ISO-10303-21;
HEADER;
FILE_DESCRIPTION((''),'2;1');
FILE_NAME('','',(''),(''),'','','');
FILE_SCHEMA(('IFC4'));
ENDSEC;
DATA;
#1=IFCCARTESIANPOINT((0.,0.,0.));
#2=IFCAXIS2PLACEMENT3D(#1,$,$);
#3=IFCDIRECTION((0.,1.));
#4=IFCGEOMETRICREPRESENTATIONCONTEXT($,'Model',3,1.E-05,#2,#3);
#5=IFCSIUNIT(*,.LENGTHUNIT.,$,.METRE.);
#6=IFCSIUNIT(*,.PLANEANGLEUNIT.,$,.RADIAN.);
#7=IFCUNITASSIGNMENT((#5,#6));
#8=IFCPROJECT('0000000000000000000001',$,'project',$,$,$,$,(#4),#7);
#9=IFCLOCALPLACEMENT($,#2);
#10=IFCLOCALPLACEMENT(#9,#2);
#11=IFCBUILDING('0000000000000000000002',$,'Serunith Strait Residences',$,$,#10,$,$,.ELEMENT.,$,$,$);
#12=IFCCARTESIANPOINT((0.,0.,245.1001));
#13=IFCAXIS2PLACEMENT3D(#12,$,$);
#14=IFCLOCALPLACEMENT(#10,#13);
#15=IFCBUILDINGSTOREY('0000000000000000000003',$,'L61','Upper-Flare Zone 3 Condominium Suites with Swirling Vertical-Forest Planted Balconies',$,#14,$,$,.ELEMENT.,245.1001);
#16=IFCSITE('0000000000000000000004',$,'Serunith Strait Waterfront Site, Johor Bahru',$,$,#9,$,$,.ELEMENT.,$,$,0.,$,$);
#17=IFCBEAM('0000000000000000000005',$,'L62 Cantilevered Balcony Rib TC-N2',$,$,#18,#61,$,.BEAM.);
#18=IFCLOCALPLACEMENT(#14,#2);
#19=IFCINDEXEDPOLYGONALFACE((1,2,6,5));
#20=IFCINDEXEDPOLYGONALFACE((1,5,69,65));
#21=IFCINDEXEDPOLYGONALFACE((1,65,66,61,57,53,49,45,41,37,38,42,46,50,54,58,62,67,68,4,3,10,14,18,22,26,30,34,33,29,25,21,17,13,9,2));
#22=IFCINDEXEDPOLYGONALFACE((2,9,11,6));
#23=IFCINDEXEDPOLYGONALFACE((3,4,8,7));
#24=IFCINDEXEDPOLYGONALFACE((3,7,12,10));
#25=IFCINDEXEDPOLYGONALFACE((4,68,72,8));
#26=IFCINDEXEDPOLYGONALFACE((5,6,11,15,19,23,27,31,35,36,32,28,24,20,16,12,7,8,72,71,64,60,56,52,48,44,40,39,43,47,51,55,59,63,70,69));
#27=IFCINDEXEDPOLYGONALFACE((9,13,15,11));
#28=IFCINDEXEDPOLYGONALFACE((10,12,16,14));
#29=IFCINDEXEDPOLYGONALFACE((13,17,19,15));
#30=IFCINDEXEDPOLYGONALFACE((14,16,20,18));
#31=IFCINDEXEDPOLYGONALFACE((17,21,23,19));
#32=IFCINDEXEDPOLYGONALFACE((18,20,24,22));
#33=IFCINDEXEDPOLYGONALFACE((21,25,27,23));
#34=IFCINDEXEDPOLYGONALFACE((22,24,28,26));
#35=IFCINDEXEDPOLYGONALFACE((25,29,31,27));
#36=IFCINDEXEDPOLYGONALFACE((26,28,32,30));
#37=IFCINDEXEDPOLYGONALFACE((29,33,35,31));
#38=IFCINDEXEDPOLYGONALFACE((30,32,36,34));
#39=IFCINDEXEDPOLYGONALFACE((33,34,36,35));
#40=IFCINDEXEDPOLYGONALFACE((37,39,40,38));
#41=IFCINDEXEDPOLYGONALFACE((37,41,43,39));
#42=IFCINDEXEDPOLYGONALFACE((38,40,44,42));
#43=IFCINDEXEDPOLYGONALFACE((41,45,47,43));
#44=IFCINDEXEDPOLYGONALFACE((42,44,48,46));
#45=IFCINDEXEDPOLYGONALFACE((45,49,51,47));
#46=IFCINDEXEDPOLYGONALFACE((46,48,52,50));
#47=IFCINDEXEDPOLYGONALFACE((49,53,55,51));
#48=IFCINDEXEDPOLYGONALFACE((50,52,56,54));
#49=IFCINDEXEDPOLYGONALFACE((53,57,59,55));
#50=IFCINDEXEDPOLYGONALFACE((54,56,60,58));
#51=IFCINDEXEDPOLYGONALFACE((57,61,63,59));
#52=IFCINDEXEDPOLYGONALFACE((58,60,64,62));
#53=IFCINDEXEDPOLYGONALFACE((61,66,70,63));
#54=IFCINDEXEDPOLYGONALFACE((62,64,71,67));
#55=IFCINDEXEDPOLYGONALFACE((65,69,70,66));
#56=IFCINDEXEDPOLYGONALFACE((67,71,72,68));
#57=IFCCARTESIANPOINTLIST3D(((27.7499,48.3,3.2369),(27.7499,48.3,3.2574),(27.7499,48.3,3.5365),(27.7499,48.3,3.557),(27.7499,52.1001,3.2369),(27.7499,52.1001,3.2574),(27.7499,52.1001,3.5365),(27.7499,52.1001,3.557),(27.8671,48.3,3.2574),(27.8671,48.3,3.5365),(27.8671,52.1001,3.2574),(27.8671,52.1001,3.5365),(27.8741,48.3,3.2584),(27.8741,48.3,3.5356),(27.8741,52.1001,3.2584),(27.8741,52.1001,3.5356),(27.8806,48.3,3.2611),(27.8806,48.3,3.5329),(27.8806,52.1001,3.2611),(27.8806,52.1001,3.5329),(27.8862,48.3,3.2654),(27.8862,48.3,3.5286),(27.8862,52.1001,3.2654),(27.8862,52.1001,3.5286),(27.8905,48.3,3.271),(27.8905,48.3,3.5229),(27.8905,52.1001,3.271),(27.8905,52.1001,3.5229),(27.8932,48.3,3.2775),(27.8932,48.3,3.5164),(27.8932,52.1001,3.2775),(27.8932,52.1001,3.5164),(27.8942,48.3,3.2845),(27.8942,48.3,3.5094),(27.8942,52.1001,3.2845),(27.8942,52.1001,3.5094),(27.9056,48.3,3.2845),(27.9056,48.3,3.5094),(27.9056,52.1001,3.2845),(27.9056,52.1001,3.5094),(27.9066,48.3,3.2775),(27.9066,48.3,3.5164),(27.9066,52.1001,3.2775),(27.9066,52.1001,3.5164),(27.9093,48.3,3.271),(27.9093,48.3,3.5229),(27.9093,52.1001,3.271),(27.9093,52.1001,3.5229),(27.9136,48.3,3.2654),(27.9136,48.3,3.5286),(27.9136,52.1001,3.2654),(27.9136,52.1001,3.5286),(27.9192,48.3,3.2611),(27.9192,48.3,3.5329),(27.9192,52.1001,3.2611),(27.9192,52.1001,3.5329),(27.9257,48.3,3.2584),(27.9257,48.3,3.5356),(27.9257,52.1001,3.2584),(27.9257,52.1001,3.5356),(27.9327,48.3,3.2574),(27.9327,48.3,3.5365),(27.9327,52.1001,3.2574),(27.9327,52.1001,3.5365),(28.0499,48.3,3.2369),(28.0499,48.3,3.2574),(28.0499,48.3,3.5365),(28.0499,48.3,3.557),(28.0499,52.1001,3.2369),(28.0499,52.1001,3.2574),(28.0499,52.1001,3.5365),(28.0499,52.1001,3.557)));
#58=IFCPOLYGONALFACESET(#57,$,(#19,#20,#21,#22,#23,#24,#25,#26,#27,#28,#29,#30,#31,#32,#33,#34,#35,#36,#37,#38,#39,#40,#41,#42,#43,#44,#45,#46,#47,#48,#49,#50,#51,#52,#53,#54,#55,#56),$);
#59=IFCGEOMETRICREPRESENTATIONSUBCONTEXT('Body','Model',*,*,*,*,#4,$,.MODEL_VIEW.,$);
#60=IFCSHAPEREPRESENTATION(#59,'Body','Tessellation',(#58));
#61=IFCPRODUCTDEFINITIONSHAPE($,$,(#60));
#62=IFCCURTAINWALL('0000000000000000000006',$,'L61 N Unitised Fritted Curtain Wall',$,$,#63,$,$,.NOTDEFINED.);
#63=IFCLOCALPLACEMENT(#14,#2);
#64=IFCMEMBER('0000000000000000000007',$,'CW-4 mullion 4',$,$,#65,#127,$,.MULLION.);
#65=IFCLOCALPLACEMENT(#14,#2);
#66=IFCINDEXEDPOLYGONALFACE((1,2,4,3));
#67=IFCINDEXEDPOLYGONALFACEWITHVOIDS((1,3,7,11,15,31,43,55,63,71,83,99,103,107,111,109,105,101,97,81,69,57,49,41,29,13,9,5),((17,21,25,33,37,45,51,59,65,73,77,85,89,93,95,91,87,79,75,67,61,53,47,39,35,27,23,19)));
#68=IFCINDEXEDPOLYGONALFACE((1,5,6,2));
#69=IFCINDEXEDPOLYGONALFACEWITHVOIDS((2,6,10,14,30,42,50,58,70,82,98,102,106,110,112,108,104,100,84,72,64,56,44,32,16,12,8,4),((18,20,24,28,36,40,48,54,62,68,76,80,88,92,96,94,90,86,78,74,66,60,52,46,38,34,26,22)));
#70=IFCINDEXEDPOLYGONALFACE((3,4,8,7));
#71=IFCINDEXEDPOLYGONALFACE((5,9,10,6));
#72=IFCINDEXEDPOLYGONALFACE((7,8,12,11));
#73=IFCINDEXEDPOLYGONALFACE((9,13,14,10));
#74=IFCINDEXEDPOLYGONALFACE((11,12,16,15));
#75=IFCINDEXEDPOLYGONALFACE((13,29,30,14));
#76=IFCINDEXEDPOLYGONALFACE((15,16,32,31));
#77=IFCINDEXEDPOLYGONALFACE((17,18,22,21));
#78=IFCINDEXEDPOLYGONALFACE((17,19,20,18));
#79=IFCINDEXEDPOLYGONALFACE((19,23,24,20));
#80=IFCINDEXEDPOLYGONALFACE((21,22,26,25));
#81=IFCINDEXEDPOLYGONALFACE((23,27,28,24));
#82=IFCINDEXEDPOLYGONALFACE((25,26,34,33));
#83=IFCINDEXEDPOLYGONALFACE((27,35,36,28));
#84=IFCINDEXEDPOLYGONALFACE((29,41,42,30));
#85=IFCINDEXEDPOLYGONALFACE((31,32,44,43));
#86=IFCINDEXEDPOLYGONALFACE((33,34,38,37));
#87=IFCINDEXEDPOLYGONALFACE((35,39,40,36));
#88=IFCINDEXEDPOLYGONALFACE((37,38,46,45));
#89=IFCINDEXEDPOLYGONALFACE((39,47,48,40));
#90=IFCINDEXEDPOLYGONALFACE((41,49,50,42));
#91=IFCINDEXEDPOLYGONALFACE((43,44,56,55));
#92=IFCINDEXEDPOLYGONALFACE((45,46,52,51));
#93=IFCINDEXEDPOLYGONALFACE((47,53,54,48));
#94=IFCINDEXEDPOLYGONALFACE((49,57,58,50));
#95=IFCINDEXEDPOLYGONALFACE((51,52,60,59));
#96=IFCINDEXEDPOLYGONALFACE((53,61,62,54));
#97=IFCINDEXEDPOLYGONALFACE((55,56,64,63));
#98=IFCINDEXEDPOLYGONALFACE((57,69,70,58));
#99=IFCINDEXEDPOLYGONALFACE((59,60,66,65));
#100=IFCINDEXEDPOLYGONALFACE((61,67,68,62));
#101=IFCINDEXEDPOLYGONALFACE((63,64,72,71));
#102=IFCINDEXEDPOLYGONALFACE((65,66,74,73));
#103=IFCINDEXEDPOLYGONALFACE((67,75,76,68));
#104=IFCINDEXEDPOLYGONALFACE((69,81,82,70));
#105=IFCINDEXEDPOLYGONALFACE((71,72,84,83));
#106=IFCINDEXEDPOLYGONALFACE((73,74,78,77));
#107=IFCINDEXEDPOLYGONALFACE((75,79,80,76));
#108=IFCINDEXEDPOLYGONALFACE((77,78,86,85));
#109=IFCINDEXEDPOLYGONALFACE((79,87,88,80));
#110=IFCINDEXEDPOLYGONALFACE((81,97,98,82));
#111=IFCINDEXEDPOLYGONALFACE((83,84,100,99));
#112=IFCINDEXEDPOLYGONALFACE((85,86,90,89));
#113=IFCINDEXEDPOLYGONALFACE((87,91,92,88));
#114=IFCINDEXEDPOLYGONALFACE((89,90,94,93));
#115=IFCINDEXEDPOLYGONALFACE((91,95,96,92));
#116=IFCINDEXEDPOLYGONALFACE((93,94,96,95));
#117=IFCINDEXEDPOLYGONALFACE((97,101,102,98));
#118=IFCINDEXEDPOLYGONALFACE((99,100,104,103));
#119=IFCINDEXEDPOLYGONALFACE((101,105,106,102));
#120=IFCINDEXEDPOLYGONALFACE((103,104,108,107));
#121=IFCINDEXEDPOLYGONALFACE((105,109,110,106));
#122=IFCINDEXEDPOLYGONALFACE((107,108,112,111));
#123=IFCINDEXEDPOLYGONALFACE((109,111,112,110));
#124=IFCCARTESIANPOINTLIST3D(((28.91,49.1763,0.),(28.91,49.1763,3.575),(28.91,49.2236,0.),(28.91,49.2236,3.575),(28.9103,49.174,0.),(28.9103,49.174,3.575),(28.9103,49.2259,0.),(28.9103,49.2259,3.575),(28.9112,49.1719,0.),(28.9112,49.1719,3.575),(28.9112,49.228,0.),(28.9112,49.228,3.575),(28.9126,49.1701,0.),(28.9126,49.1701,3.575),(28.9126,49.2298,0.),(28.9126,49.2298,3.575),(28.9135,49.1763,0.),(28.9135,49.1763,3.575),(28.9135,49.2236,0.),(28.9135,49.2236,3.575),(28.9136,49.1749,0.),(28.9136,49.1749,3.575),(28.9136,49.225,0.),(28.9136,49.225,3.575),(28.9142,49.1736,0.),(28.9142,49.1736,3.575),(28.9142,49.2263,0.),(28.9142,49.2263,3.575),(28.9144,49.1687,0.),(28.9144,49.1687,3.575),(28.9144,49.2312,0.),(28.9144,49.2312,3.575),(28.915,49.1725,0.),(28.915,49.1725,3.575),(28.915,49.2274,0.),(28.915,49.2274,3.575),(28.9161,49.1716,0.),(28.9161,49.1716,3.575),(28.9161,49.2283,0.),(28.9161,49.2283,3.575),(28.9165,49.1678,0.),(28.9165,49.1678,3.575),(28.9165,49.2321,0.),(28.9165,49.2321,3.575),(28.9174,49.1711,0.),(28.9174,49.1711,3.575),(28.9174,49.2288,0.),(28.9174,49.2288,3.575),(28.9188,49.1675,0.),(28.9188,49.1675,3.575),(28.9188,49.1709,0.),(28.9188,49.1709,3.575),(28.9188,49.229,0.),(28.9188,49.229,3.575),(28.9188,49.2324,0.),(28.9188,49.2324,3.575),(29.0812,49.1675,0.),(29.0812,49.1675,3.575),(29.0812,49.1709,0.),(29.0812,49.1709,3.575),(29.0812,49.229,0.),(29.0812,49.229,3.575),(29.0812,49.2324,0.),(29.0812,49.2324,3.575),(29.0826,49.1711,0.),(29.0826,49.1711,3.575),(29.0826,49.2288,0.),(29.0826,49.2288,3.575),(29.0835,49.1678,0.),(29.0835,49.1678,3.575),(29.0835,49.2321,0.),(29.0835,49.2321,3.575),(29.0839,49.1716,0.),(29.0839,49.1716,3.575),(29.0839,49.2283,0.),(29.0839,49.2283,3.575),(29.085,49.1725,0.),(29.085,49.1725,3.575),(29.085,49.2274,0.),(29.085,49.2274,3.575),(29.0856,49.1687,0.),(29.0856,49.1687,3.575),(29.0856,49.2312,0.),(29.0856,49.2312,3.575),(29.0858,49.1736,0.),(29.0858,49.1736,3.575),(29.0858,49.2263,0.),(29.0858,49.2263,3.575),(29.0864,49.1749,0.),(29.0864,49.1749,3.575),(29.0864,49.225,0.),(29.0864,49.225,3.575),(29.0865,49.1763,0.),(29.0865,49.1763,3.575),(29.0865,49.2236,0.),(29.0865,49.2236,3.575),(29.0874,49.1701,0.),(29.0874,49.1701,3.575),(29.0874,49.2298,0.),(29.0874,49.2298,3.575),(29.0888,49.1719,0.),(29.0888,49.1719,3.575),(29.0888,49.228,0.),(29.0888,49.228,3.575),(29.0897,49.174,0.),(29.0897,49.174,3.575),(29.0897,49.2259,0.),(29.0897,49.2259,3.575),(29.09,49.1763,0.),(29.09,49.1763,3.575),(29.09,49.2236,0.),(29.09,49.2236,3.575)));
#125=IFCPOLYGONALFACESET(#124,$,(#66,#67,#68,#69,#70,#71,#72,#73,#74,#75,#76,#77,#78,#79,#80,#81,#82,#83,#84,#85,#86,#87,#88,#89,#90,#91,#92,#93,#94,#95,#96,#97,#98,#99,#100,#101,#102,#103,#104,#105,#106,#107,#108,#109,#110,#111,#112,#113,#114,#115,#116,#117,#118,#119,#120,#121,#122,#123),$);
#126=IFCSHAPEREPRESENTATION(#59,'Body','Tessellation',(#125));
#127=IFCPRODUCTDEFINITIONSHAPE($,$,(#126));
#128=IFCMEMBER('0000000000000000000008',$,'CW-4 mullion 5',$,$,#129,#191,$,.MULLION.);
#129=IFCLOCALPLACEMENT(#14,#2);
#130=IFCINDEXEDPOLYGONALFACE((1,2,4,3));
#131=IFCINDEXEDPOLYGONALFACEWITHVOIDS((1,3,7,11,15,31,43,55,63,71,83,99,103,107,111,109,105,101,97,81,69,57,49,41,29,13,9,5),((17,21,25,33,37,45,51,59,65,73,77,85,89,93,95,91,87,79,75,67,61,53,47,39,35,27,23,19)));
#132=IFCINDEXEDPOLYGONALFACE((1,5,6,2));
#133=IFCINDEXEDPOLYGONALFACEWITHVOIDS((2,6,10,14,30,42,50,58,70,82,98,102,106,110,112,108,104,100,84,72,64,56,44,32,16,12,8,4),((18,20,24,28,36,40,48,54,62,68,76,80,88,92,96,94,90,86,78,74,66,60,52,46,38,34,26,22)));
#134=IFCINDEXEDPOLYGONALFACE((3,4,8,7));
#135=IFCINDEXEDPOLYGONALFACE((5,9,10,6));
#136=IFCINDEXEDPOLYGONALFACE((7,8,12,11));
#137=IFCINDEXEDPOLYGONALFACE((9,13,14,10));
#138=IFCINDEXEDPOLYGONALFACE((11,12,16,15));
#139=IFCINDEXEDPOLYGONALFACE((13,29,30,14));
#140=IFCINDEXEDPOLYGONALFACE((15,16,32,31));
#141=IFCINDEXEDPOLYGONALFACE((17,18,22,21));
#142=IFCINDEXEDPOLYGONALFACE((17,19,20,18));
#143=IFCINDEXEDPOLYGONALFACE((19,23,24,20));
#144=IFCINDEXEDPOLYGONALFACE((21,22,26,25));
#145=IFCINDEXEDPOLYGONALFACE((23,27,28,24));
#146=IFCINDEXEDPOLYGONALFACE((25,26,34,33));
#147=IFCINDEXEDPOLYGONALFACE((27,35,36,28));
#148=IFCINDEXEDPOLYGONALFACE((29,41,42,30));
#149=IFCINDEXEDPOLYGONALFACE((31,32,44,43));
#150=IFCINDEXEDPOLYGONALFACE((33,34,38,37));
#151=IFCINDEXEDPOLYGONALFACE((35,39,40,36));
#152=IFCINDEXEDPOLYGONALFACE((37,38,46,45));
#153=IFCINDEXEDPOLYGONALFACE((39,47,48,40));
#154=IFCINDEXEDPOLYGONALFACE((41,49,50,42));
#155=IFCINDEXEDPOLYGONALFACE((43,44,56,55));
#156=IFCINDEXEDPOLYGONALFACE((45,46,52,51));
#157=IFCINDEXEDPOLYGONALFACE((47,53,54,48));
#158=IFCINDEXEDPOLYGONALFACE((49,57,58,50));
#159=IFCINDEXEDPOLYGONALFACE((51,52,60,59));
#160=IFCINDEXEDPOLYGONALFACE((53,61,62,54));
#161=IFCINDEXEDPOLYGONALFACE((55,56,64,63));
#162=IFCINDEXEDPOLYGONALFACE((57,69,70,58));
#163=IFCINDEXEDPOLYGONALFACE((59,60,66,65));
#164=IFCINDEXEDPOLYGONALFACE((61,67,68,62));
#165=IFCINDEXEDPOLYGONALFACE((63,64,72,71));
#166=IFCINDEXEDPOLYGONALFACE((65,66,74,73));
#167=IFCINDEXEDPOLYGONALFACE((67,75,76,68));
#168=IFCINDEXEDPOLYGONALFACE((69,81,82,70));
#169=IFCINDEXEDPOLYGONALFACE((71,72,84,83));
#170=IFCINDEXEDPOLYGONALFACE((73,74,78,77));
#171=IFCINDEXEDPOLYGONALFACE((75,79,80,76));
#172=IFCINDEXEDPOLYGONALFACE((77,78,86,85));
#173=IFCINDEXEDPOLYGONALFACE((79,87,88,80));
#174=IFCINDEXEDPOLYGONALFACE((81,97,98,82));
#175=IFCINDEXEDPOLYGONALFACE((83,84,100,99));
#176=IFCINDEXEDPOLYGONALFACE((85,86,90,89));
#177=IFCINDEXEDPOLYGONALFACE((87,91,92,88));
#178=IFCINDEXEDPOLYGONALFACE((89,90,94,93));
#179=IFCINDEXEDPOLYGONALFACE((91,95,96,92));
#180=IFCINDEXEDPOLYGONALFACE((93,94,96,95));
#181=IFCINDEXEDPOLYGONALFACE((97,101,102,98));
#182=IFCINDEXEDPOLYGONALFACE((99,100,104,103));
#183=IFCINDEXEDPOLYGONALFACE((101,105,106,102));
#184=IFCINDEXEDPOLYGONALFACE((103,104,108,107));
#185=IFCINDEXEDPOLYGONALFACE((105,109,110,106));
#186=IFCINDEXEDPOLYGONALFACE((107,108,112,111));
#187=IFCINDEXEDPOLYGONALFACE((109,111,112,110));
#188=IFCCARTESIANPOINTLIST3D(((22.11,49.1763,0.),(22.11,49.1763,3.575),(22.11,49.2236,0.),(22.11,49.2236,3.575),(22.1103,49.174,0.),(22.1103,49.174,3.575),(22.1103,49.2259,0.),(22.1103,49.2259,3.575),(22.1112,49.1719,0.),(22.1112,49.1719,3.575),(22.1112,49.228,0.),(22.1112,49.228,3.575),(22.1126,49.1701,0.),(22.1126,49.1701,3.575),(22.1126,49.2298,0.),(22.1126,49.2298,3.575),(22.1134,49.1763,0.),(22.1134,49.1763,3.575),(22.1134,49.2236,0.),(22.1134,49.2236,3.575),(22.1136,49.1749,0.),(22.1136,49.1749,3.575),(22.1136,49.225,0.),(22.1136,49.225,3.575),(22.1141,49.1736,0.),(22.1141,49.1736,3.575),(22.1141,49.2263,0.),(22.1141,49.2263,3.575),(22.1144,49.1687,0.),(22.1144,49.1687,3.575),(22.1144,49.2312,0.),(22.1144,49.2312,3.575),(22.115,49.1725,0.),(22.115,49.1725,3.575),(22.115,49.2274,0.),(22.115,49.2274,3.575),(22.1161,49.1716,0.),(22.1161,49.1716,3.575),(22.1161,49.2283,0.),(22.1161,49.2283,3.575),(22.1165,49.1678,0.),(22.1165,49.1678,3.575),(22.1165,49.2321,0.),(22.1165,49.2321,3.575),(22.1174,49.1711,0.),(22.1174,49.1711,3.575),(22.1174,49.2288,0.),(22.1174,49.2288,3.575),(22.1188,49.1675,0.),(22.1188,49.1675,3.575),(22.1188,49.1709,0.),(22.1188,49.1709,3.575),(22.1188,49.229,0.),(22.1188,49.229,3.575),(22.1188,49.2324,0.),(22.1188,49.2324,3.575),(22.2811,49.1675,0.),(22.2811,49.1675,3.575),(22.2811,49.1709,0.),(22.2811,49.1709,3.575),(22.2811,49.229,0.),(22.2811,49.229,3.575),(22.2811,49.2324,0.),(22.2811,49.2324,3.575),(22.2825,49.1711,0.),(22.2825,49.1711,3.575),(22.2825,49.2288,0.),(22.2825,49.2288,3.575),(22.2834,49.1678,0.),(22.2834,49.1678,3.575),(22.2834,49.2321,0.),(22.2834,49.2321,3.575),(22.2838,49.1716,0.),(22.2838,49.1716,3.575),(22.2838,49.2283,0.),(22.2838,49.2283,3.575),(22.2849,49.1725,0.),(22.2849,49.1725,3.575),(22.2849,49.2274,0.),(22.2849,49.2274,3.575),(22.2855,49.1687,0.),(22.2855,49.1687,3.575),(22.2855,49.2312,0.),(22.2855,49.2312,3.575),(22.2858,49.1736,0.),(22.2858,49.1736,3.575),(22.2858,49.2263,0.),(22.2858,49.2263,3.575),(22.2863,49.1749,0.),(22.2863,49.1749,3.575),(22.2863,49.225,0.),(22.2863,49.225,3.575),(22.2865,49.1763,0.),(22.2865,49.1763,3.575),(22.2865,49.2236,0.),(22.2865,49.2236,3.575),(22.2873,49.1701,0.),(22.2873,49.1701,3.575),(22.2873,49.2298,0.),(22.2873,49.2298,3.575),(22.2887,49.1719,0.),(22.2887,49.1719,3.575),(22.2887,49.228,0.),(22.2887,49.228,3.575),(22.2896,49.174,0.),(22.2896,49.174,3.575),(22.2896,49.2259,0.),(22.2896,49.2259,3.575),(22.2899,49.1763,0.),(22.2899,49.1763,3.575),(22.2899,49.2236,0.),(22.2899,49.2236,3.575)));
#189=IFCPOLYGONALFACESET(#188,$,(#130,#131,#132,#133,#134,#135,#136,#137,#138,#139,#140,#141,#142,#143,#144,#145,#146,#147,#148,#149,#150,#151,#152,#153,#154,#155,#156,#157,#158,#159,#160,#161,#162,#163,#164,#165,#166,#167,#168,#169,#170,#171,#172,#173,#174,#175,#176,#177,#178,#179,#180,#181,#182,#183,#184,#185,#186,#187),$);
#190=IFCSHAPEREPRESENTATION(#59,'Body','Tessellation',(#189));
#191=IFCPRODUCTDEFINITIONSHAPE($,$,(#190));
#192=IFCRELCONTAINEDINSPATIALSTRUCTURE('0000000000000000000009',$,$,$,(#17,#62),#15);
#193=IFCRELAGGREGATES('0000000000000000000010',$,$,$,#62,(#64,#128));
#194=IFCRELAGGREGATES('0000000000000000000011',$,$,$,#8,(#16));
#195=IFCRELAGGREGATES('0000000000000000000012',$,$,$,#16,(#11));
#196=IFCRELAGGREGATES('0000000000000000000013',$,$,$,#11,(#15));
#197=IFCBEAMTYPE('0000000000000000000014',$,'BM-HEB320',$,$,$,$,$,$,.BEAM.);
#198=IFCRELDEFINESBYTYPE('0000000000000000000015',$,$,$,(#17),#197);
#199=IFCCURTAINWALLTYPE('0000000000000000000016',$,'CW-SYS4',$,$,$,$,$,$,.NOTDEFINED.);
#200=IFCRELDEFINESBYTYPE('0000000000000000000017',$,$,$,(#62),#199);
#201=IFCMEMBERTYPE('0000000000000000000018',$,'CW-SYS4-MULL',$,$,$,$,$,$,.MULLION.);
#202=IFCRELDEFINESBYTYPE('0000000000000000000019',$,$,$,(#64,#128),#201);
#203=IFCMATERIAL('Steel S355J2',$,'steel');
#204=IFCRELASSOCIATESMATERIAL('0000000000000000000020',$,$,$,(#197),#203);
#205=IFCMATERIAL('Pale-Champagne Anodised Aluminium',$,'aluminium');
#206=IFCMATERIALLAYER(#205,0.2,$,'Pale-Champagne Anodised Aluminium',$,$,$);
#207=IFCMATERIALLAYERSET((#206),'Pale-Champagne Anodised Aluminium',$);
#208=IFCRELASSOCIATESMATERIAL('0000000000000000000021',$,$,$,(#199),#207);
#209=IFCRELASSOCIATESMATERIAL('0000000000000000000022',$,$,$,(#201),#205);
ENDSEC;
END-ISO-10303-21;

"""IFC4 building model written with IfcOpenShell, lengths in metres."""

from ifc_helpers import new_model, si_unit, direction, frame, origin, origin_2d, place, context, subcontext, project, spatial, hollow_rectangle, i_section, extrude, source, transform, mapped, material, layer, layer_set, material_profile, profile_set, type_object, element, aggregate, save


model = new_model("IFC4")

# Units and contexts
model_context = context("Model", 3, precision=1e-05, world=origin(), true_north=direction((0.0, 1.0)))
body_context = subcontext(model_context, "Body", "Model", "MODEL_VIEW")
ifc_project = project(units=[si_unit("LENGTHUNIT", "METRE"), si_unit("PLANEANGLEUNIT", "RADIAN")], contexts=[model_context])

# Site, building, storey
site_placement = place(None, origin())
site = spatial("IfcSite", under=ifc_project, at=site_placement, Name="Serunith Strait Waterfront Site, Johor Bahru", CompositionType="ELEMENT", RefElevation=0.0)
building_placement = place(site_placement, origin())
building = spatial("IfcBuilding", under=site, at=building_placement, Name="Serunith Strait Residences", CompositionType="ELEMENT")
storey_placement = place(building_placement, frame((0.0, 0.0, 245.1001)))
storey = spatial("IfcBuildingStorey", under=building, at=storey_placement, Name="L61", Description="Upper-Flare Zone 3 Condominium Suites with Swirling Vertical-Forest Planted Balconies", CompositionType="ELEMENT", Elevation=245.1001)

# Beam
ifc_material_1 = material(Name="Steel S355J2", Category="steel")
ifc_material_profile_1 = material_profile(ifc_material_1, i_section(OverallWidth=0.3, OverallDepth=0.3201, WebThickness=0.0115, FlangeThickness=0.0205, FilletRadius=0.0271, at=origin_2d()), Name="HEB 320")
ifc_profile_set_1 = profile_set([ifc_material_profile_1], Name="Steel S355J2")
beam_type_1 = type_object("IfcBeamType", Name="BM-HEB320", PredefinedType="BEAM", material=ifc_profile_set_1)
shared_shape_1 = source(origin(), body_context, "Body", "SweptSolid", [
    extrude(i_section(OverallWidth=0.3, OverallDepth=0.3201, WebThickness=0.0115, FlangeThickness=0.0205, FilletRadius=0.0271, at=origin_2d()), origin(), (0.0, 0.0, 1.0), 3.8),
])
beam_1_placement = place(storey_placement, frame((27.8999, 48.3, 3.397), z_axis=(0.0, 1.0, 0.0), x_axis=(-1.0, 0.0, 0.0)))
element("IfcBeam", 1, at=beam_1_placement, inside=storey, type_object=beam_type_1, Name="L62 Cantilevered Balcony Rib TC-N2", PredefinedType="BEAM", context=body_context, shape_type="MappedRepresentation", body=[
    mapped(shared_shape_1, transform((0.0, 0.0, 0.0), scale=1.0)),
])

# Curtain wall, members
ifc_material_2 = material(Name="Pale-Champagne Anodised Aluminium", Category="aluminium")
ifc_layer_1 = layer(ifc_material_2, 0.2, Name="Pale-Champagne Anodised Aluminium")
ifc_layer_set_1 = layer_set([ifc_layer_1], Name="Pale-Champagne Anodised Aluminium")
curtain_wall_type = type_object("IfcCurtainWallType", Name="CW-SYS4", PredefinedType="NOTDEFINED", material=ifc_layer_set_1)
curtain_wall_placement = place(storey_placement, origin())
curtain_wall = element("IfcCurtainWall", 2, at=curtain_wall_placement, inside=storey, type_object=curtain_wall_type, Name="L61 N Unitised Fritted Curtain Wall", PredefinedType="NOTDEFINED")
ifc_material_profile_2 = material_profile(ifc_material_2, hollow_rectangle(XDim=0.0649, YDim=0.1799, WallThickness=0.0034, InnerFilletRadius=0.0054, OuterFilletRadius=0.0088, at=origin_2d()), Name="ALU 180x65x3.5")
ifc_profile_set_2 = profile_set([ifc_material_profile_2], Name="Pale-Champagne Anodised Aluminium")
member_type_1 = type_object("IfcMemberType", Name="CW-SYS4-MULL", PredefinedType="MULLION", material=ifc_profile_set_2)
shared_shape_2 = source(origin(), body_context, "Body", "SweptSolid", [
    extrude(hollow_rectangle(XDim=0.0649, YDim=0.1799, WallThickness=0.0034, InnerFilletRadius=0.0054, OuterFilletRadius=0.0088, at=origin_2d()), origin(), (0.0, 0.0, 1.0), 3.575),
])
member_1_placement = place(storey_placement, frame((29.0, 49.2, 0.0), z_axis=(0.0, 0.0, 1.0), x_axis=(0.0, -1.0, 0.0)))
member_1 = element("IfcMember", 3, at=member_1_placement, type_object=member_type_1, Name="CW-4 mullion 4", PredefinedType="MULLION", context=body_context, shape_type="MappedRepresentation", body=[
    mapped(shared_shape_2, transform((0.0, 0.0, 0.0), scale=1.0)),
])
member_2_placement = place(storey_placement, frame((22.2, 49.2, 0.0), z_axis=(0.0, 0.0, 1.0), x_axis=(0.0, -1.0, 0.0)))
member_2 = element("IfcMember", 4, at=member_2_placement, type_object=member_type_1, Name="CW-4 mullion 5", PredefinedType="MULLION", context=body_context, shape_type="MappedRepresentation", body=[
    mapped(shared_shape_2, transform((0.0, 0.0, 0.0), scale=1.0)),
])
aggregate(curtain_wall, [member_1, member_2])

save(model, "model.ifc")
